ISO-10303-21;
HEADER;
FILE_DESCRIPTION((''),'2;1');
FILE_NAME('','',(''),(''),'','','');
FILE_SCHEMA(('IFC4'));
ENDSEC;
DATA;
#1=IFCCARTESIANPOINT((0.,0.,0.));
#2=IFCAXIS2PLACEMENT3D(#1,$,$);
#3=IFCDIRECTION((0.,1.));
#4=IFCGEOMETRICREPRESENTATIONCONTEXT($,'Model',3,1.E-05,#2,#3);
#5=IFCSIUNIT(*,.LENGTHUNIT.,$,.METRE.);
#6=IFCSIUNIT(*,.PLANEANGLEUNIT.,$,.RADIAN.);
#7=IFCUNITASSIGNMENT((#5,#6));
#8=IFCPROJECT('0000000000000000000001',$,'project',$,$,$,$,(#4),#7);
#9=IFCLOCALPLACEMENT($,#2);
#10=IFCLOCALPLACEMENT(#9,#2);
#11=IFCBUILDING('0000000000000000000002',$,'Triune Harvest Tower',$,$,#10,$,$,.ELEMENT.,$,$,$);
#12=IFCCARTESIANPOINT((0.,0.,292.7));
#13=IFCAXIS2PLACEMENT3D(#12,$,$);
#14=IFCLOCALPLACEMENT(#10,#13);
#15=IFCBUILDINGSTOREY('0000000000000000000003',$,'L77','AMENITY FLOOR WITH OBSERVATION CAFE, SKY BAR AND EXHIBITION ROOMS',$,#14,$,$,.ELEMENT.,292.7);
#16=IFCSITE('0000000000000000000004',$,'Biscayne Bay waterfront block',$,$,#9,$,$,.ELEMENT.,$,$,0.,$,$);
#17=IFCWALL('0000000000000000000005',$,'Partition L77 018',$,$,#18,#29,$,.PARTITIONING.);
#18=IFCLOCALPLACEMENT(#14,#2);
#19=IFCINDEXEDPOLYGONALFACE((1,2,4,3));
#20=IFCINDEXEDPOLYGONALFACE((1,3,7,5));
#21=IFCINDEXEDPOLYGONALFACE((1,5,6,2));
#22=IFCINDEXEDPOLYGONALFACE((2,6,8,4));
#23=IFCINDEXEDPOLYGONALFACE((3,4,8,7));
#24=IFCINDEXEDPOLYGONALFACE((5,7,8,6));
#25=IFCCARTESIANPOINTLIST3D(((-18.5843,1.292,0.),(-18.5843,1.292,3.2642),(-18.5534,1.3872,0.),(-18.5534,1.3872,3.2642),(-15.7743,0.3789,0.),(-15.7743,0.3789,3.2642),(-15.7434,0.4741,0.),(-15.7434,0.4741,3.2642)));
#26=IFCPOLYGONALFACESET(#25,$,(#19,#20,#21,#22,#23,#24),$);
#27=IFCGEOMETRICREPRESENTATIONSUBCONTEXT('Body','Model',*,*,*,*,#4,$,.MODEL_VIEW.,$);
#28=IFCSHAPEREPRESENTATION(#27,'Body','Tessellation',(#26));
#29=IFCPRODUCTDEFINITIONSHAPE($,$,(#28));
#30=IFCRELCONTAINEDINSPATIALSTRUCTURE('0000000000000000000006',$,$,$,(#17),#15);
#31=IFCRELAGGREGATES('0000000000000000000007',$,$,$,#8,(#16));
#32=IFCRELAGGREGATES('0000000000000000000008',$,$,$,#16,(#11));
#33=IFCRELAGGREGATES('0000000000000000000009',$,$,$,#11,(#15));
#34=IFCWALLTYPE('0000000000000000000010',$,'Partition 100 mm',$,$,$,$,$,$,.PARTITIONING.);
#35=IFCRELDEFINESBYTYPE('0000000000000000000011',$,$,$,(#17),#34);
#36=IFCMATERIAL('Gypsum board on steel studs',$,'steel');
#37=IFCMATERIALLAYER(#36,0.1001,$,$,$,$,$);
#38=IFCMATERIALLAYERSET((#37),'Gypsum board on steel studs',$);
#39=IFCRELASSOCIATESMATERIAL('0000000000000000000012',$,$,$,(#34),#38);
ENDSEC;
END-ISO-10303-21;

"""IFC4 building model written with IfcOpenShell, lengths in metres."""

from ifc_helpers import new_model, si_unit, direction, frame, frame_2d, origin, place, context, subcontext, project, spatial, rectangle, extrude, source, transform, mapped, material, layer, layer_set, type_object, element, save


model = new_model("IFC4")

# Units and contexts
model_context = context("Model", 3, precision=1e-05, world=origin(), true_north=direction((0.0, 1.0)))
body_context = subcontext(model_context, "Body", "Model", "MODEL_VIEW")
ifc_project = project(units=[si_unit("LENGTHUNIT", "METRE"), si_unit("PLANEANGLEUNIT", "RADIAN")], contexts=[model_context])

# Site, building, storey
site_placement = place(None, origin())
site = spatial("IfcSite", under=ifc_project, at=site_placement, Name="Biscayne Bay waterfront block", CompositionType="ELEMENT", RefElevation=0.0)
building_placement = place(site_placement, origin())
building = spatial("IfcBuilding", under=site, at=building_placement, Name="Triune Harvest Tower", CompositionType="ELEMENT")
storey_placement = place(building_placement, frame((0.0, 0.0, 292.7)))
storey = spatial("IfcBuildingStorey", under=building, at=storey_placement, Name="L77", Description="AMENITY FLOOR WITH OBSERVATION CAFE, SKY BAR AND EXHIBITION ROOMS", CompositionType="ELEMENT", Elevation=292.7)

# Wall
ifc_material_1 = material(Name="Gypsum board on steel studs", Category="steel")
ifc_layer_1 = layer(ifc_material_1, 0.1001)
ifc_layer_set_1 = layer_set([ifc_layer_1], Name="Gypsum board on steel studs")
wall_type = type_object("IfcWallType", Name="Partition 100 mm", PredefinedType="PARTITIONING", material=ifc_layer_set_1)
shared_shape_1 = source(origin(), body_context, "Body", "SweptSolid", [
    extrude(rectangle(XDim=2.9546, YDim=0.1001, at=frame_2d((1.4773, 0.0))), origin(), (0.0, 0.0, 1.0), 3.2642),
])
wall_1_placement = place(storey_placement, frame((-18.5688, 1.3396, 0.0), z_axis=(0.0, 0.0, 1.0), x_axis=(0.951052, -0.30903, 0.0)))
element("IfcWall", 1, at=wall_1_placement, inside=storey, type_object=wall_type, Name="Partition L77 018", PredefinedType="PARTITIONING", context=body_context, shape_type="MappedRepresentation", body=[
    mapped(shared_shape_1, transform((0.0, 0.0, 0.0), scale=1.0)),
])

save(model, "model.ifc")
